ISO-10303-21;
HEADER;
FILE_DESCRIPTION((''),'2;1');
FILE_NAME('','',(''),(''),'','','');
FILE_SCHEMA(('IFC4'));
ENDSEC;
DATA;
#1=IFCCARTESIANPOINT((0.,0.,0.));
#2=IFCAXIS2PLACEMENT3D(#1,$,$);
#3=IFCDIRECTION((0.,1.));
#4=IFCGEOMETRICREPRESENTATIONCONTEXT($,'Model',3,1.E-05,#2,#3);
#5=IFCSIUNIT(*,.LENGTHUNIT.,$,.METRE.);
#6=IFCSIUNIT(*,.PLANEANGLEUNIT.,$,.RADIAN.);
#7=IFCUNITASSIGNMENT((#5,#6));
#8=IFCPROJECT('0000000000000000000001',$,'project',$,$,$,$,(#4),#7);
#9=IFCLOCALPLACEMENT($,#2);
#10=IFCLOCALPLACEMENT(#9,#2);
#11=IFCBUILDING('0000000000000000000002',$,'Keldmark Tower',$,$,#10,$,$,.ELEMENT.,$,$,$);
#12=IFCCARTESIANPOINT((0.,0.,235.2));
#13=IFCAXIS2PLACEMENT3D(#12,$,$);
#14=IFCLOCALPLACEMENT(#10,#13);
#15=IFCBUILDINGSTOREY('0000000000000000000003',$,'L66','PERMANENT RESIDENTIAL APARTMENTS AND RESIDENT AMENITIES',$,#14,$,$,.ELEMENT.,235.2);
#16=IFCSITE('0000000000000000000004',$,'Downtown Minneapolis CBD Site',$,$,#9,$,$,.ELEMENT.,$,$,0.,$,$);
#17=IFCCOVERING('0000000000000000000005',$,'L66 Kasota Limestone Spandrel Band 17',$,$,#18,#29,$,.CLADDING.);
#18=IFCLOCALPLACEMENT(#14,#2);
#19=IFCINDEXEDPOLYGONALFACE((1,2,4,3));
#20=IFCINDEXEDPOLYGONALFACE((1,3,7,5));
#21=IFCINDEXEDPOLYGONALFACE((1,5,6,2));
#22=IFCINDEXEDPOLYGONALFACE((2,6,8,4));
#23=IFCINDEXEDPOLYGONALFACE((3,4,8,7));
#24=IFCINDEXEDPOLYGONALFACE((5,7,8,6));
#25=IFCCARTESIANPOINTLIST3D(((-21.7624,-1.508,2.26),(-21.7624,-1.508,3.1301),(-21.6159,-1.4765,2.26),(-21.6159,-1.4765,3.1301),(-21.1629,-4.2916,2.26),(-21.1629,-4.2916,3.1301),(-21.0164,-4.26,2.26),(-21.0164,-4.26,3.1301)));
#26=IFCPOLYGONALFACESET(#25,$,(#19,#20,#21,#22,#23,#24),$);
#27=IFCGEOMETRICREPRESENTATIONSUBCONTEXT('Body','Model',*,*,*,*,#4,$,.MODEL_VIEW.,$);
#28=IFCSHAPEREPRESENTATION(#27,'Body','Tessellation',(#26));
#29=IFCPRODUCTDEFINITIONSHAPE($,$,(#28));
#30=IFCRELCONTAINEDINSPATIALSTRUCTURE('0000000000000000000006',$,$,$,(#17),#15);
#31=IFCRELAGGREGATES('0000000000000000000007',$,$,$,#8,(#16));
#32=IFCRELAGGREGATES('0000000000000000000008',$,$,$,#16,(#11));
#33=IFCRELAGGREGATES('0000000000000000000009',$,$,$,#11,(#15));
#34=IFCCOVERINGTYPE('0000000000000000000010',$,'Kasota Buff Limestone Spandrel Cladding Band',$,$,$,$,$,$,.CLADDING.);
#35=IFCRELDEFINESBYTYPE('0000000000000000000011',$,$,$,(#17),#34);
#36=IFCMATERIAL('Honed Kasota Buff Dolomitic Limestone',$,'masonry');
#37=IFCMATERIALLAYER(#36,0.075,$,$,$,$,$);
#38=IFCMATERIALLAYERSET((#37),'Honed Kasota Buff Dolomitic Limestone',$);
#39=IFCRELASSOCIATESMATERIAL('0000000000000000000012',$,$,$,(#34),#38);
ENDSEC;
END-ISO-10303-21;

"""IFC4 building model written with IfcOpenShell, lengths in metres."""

from ifc_helpers import new_model, si_unit, direction, frame, origin, origin_2d, place, context, subcontext, project, spatial, rectangle, extrude, material, layer, layer_set, type_object, element, save


model = new_model("IFC4")

# Units and contexts
model_context = context("Model", 3, precision=1e-05, world=origin(), true_north=direction((0.0, 1.0)))
body_context = subcontext(model_context, "Body", "Model", "MODEL_VIEW")
ifc_project = project(units=[si_unit("LENGTHUNIT", "METRE"), si_unit("PLANEANGLEUNIT", "RADIAN")], contexts=[model_context])

# Site, building, storey
site_placement = place(None, origin())
site = spatial("IfcSite", under=ifc_project, at=site_placement, Name="Downtown Minneapolis CBD Site", CompositionType="ELEMENT", RefElevation=0.0)
building_placement = place(site_placement, origin())
building = spatial("IfcBuilding", under=site, at=building_placement, Name="Keldmark Tower", CompositionType="ELEMENT")
storey_placement = place(building_placement, frame((0.0, 0.0, 235.2)))
storey = spatial("IfcBuildingStorey", under=building, at=storey_placement, Name="L66", Description="PERMANENT RESIDENTIAL APARTMENTS AND RESIDENT AMENITIES", CompositionType="ELEMENT", Elevation=235.2)

# Covering
ifc_material_1 = material(Name="Honed Kasota Buff Dolomitic Limestone", Category="masonry")
ifc_layer_1 = layer(ifc_material_1, 0.075)
ifc_layer_set_1 = layer_set([ifc_layer_1], Name="Honed Kasota Buff Dolomitic Limestone")
covering_type = type_object("IfcCoveringType", Name="Kasota Buff Limestone Spandrel Cladding Band", PredefinedType="CLADDING", material=ifc_layer_set_1)
covering_placement = place(storey_placement, frame((-21.3894, -2.884, 2.26), z_axis=(0.0, 0.0, 1.0), x_axis=(0.21054, -0.977585, 0.0)))
element("IfcCovering", 1, at=covering_placement, inside=storey, type_object=covering_type, Name="L66 Kasota Limestone Spandrel Band 17", PredefinedType="CLADDING", context=body_context, shape_type="SweptSolid", body=[
    extrude(rectangle(XDim=2.8474, YDim=0.1499, at=origin_2d()), origin(), (0.0, 0.0, 1.0), 0.8701),
])

save(model, "model.ifc")
